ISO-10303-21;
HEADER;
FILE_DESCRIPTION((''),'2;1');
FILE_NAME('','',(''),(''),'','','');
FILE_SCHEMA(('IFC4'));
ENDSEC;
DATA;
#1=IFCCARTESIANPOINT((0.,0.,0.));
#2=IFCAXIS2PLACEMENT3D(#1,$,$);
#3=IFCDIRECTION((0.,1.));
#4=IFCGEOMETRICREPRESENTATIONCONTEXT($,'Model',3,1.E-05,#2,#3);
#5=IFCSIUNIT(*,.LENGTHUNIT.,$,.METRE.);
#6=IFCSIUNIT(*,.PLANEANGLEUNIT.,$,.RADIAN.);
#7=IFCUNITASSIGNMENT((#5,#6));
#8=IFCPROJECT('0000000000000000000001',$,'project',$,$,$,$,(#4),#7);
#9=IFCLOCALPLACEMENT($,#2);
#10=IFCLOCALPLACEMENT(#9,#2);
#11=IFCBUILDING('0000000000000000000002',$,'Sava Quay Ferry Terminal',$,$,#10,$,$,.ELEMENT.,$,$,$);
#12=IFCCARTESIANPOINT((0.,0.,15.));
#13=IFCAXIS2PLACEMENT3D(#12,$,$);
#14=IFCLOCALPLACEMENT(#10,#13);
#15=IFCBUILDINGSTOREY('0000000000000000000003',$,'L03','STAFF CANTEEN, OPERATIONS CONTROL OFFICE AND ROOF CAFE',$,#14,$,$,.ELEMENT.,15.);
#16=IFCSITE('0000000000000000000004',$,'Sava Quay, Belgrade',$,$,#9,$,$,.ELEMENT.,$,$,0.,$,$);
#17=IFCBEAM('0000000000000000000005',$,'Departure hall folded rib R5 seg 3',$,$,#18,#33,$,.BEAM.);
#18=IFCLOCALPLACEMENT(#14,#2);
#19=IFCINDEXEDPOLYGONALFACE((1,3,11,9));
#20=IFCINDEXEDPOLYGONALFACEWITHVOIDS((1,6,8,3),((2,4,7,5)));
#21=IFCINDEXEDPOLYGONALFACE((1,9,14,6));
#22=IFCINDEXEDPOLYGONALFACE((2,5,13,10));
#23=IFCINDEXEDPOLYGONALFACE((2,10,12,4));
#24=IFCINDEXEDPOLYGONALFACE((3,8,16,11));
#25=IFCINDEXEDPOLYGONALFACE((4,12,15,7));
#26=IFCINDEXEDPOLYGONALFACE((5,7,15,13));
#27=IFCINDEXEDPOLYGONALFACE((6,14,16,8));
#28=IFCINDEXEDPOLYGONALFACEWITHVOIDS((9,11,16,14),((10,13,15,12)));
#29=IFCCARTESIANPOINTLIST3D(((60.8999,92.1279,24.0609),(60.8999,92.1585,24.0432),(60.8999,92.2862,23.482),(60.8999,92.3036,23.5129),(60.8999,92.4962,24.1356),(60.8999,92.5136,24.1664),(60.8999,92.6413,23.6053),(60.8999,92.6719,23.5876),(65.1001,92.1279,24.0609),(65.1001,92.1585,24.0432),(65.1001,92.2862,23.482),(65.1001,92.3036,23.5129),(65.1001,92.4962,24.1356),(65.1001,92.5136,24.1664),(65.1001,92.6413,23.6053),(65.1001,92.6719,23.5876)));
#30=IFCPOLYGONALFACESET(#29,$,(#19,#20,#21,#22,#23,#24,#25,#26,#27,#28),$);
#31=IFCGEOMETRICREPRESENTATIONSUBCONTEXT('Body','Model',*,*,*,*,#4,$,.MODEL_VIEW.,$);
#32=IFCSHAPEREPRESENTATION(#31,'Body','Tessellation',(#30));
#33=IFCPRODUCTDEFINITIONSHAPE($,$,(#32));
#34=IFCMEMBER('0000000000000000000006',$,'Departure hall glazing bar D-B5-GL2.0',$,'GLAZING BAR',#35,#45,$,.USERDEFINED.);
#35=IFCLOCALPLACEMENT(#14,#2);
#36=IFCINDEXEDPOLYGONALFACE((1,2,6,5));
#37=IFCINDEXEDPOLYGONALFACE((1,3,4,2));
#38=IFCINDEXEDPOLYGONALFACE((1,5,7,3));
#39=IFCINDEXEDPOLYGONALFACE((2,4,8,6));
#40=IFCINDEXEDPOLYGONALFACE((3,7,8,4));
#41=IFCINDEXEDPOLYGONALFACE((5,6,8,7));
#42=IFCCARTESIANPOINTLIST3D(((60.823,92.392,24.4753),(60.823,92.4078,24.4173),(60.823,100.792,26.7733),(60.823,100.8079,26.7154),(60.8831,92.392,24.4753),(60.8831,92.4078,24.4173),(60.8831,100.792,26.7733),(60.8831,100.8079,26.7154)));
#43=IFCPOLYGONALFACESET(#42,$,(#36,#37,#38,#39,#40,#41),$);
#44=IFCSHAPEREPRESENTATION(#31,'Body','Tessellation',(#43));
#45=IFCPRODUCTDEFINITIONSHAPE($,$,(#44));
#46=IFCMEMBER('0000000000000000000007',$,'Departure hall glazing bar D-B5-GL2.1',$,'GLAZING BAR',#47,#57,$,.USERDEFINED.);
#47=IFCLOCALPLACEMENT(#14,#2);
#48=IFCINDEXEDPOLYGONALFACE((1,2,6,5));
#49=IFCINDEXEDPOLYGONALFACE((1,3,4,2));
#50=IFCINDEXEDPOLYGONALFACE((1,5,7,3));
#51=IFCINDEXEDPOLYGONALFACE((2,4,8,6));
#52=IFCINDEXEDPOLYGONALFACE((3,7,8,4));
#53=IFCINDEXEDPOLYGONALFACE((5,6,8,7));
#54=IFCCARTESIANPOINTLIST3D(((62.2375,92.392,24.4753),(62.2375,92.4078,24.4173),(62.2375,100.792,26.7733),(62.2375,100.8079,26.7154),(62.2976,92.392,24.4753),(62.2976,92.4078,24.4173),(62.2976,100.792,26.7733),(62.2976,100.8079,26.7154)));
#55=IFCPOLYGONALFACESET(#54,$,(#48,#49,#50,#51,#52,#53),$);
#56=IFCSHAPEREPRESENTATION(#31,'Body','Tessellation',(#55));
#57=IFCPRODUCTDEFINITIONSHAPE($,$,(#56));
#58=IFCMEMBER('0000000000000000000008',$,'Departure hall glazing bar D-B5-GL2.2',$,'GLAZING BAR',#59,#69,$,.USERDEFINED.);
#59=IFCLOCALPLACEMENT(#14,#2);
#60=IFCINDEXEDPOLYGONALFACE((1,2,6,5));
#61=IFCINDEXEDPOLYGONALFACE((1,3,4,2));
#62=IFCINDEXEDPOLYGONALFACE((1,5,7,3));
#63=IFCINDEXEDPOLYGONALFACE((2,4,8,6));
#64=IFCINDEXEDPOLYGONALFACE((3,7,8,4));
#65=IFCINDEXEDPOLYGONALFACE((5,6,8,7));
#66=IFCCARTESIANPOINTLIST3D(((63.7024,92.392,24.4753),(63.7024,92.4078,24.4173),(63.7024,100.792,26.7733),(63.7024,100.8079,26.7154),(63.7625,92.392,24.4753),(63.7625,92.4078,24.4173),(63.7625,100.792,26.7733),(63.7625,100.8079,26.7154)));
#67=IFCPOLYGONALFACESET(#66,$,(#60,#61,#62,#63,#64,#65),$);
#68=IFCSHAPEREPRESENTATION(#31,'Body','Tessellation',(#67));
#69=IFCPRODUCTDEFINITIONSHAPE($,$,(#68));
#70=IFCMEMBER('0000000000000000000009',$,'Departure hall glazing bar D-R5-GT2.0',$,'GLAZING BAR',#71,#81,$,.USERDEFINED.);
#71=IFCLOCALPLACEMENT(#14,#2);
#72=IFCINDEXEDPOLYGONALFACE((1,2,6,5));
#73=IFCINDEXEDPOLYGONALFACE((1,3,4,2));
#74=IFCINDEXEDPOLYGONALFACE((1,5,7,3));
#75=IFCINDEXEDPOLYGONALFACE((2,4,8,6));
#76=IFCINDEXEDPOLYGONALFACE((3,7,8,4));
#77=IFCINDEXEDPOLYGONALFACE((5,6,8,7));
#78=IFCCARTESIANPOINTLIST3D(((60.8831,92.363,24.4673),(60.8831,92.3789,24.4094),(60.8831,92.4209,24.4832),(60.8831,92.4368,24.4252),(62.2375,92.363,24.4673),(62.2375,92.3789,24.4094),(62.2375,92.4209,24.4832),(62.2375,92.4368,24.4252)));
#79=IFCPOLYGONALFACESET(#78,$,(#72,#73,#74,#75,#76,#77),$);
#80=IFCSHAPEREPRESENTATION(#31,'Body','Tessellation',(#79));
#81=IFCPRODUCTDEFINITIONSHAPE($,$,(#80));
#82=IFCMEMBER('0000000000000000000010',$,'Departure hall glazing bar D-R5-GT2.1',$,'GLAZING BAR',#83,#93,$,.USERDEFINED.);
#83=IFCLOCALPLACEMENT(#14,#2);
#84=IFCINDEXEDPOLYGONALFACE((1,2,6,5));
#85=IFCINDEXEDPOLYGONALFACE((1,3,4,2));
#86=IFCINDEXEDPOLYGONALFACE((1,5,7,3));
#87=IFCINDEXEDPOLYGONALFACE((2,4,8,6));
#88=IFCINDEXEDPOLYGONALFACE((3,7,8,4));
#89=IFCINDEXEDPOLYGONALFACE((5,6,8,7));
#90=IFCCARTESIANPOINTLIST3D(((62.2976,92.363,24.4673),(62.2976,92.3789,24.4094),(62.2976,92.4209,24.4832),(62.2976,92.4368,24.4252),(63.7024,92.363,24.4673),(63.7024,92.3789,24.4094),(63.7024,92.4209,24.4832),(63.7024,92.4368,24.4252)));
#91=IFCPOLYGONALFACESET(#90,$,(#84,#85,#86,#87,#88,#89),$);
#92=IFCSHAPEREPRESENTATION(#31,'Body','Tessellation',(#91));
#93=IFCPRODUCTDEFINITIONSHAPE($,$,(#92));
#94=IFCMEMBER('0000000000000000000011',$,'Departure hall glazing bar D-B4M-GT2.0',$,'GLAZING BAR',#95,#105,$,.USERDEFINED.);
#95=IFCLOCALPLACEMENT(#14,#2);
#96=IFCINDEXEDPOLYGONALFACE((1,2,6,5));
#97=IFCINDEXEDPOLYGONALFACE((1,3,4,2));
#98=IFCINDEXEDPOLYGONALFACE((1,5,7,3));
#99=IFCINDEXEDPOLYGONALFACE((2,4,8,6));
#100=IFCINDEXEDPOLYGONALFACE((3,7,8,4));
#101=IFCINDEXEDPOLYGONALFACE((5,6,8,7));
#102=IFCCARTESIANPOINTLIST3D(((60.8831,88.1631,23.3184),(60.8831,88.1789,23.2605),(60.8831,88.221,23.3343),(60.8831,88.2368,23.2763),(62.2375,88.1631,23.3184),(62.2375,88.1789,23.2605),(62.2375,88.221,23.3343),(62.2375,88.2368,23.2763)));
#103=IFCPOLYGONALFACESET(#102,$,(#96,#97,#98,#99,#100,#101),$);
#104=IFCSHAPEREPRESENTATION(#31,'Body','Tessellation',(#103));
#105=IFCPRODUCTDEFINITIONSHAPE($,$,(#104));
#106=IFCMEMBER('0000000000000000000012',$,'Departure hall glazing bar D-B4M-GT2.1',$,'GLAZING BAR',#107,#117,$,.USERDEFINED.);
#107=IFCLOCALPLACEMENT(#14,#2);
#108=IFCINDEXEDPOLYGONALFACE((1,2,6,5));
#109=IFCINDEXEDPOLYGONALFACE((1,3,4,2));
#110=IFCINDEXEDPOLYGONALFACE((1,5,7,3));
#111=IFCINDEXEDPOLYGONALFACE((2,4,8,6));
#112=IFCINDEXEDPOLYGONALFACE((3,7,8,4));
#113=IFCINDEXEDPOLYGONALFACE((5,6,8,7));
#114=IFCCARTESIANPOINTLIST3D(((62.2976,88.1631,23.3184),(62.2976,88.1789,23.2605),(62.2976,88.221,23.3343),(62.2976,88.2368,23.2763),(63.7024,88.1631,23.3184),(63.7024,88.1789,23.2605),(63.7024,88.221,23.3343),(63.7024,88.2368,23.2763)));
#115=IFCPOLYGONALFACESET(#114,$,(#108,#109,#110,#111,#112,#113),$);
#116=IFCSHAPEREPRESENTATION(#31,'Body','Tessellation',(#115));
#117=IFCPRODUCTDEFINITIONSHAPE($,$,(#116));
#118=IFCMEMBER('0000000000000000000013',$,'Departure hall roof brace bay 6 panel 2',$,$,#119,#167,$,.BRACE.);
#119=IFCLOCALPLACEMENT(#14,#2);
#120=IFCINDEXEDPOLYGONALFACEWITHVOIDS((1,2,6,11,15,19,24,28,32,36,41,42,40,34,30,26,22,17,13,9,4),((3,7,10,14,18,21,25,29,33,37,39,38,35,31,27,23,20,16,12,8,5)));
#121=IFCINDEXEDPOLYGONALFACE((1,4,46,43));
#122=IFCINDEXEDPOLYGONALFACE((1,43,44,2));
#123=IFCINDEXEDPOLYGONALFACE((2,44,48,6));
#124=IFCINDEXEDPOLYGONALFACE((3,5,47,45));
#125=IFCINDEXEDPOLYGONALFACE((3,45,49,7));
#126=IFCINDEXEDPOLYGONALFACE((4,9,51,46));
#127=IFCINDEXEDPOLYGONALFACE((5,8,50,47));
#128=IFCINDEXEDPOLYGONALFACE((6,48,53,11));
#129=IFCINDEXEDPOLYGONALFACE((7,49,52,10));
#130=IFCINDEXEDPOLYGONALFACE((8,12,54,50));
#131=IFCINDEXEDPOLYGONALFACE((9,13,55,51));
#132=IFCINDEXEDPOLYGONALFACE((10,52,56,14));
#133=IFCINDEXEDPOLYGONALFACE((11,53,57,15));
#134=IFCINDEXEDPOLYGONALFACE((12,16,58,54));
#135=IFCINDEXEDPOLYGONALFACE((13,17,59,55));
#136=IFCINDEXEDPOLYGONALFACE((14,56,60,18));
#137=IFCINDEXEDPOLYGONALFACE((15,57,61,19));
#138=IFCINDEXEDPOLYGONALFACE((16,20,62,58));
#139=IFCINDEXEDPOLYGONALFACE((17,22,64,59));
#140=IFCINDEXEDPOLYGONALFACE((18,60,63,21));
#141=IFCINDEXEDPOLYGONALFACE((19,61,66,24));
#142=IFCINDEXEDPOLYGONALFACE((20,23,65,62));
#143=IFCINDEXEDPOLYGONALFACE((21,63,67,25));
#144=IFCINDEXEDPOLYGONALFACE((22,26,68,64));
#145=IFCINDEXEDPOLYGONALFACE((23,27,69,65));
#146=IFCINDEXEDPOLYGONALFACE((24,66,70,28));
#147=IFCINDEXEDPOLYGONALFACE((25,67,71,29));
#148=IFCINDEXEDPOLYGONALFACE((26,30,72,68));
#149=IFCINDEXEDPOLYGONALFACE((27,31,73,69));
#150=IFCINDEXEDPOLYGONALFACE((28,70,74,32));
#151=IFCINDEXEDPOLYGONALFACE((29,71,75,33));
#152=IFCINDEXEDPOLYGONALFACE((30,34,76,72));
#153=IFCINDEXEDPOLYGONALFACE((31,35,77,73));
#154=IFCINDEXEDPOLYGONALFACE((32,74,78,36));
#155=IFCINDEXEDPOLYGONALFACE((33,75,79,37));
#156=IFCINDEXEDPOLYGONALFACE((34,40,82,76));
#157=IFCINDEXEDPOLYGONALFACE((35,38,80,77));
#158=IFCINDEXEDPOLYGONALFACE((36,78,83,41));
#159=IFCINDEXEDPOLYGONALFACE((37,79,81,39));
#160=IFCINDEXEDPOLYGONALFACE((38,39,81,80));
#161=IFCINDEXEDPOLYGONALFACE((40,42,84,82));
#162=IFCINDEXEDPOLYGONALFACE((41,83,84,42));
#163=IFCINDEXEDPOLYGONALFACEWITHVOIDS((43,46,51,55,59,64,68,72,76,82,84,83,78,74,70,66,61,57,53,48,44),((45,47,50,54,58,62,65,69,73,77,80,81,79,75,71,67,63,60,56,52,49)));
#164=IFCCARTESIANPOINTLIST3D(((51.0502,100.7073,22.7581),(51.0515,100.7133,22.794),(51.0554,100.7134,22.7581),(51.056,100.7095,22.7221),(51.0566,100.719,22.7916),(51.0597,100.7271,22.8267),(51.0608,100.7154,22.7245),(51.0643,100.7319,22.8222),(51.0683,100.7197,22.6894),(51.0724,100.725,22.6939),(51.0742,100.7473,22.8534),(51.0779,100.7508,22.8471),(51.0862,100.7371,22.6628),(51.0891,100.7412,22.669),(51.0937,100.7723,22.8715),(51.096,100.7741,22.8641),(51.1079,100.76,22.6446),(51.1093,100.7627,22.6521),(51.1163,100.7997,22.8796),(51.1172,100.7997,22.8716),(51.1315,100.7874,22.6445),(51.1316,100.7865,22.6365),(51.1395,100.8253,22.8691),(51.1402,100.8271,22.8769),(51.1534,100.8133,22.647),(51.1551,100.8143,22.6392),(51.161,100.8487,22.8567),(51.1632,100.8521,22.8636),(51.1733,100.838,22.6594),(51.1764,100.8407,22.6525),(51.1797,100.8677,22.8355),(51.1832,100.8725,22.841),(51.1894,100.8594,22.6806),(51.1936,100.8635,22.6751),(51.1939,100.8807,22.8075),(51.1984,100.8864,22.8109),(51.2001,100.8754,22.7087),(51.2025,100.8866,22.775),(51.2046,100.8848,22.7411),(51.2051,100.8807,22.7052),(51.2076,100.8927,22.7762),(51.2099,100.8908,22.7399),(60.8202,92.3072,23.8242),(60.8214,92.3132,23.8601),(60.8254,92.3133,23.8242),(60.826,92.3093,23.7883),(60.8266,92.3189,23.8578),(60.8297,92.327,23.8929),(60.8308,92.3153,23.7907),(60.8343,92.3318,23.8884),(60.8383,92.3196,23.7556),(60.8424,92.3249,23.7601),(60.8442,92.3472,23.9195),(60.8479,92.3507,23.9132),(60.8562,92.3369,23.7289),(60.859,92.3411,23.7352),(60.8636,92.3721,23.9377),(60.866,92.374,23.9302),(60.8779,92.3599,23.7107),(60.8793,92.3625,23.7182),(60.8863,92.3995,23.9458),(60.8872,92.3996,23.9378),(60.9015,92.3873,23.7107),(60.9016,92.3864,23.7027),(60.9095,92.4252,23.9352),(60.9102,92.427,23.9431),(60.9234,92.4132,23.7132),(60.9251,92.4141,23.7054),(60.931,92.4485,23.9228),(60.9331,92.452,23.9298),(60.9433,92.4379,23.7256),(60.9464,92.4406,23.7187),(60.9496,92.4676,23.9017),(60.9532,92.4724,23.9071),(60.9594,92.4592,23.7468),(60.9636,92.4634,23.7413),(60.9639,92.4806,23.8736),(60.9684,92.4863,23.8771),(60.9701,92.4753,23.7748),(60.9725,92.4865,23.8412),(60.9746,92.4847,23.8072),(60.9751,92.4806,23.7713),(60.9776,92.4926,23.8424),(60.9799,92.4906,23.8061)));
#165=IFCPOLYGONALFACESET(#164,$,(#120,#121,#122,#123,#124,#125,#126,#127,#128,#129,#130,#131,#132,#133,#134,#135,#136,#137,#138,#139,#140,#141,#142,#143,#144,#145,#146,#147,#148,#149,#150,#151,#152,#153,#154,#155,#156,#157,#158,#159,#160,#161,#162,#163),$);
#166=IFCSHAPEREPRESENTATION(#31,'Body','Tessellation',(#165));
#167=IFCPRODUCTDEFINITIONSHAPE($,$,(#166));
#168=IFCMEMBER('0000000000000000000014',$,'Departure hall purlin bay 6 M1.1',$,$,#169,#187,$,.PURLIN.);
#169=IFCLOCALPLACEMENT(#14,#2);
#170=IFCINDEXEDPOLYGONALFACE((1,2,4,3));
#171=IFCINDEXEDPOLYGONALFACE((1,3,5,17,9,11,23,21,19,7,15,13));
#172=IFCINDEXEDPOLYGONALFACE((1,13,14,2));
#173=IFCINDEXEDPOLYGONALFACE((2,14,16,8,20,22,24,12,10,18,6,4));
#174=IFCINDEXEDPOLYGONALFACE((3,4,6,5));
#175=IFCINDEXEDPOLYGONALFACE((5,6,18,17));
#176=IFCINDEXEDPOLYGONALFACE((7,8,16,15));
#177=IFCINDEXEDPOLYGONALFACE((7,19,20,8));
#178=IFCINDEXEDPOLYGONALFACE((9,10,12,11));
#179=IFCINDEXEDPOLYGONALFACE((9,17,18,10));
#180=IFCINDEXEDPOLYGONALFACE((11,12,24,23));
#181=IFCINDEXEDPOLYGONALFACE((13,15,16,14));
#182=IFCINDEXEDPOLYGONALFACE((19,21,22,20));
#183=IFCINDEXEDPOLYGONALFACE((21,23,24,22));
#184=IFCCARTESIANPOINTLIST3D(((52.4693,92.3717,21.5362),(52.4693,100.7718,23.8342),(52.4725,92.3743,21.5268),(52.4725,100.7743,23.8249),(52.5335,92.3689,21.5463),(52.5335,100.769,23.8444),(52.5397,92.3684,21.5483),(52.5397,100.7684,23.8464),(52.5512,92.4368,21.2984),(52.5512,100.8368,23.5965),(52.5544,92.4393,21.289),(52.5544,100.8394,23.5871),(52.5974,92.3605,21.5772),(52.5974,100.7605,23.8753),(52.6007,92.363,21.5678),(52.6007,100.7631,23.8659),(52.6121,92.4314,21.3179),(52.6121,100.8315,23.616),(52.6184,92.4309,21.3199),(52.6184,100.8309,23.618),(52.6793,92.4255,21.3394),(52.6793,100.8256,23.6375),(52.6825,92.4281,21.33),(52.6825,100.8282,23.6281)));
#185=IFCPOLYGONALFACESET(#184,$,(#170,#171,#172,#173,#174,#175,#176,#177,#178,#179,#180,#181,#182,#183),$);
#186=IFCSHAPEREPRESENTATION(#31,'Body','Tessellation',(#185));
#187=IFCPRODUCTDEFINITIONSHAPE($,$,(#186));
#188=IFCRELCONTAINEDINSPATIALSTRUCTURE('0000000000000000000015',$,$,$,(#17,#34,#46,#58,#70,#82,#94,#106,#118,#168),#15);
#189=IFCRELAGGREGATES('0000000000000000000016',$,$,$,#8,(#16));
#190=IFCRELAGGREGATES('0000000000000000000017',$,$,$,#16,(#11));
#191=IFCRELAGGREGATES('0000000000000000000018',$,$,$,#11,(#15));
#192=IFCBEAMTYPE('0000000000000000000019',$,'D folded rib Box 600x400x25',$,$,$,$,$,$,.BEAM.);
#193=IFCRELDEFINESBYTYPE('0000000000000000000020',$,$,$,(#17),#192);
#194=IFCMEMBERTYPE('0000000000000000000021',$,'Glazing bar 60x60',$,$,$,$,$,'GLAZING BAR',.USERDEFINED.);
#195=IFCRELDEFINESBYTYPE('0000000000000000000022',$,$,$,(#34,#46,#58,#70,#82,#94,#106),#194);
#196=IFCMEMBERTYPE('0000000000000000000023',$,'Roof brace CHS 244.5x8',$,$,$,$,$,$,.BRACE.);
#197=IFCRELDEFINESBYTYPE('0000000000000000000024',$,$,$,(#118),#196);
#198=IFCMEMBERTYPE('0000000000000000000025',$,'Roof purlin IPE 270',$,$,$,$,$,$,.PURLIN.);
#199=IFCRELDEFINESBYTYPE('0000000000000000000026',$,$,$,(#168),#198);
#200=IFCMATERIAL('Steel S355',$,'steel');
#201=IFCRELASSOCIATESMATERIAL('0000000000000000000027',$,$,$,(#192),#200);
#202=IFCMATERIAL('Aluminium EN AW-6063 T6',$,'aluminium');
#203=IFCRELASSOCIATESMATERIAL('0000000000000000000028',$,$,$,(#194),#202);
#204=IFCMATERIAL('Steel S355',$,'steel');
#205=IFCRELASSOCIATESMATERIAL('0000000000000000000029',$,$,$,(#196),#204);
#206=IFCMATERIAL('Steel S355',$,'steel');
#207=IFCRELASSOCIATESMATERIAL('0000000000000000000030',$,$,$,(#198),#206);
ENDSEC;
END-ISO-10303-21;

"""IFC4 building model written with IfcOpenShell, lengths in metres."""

from ifc_helpers import new_model, si_unit, direction, frame, origin, origin_2d, place, context, subcontext, project, spatial, polyline, rectangle, hollow_circle, i_section, outline, extrude, material, material_profile, profile_set, type_object, element, save


model = new_model("IFC4")

# Units and contexts
model_context = context("Model", 3, precision=1e-05, world=origin(), true_north=direction((0.0, 1.0)))
body_context = subcontext(model_context, "Body", "Model", "MODEL_VIEW")
ifc_project = project(units=[si_unit("LENGTHUNIT", "METRE"), si_unit("PLANEANGLEUNIT", "RADIAN")], contexts=[model_context])

# Site, building, storey
site_placement = place(None, origin())
site = spatial("IfcSite", under=ifc_project, at=site_placement, Name="Sava Quay, Belgrade", CompositionType="ELEMENT", RefElevation=0.0)
building_placement = place(site_placement, origin())
building = spatial("IfcBuilding", under=site, at=building_placement, Name="Sava Quay Ferry Terminal", CompositionType="ELEMENT")
storey_placement = place(building_placement, frame((0.0, 0.0, 15.0)))
storey = spatial("IfcBuildingStorey", under=building, at=storey_placement, Name="L03", Description="STAFF CANTEEN, OPERATIONS CONTROL OFFICE AND ROOF CAFE", CompositionType="ELEMENT", Elevation=15.0)

# Beam
ifc_material_1 = material(Name="Steel S355", Category="steel")
ifc_material_profile_1 = material_profile(ifc_material_1, outline(polyline([(-0.2, -0.3), (0.2, -0.3), (0.2, 0.3), (-0.2, 0.3), (-0.2, -0.3)]), holes=[polyline([(-0.175, -0.2749), (-0.175, 0.2749), (0.175, 0.2749), (0.175, -0.2749), (-0.175, -0.2749)])]), Name="Box 600x400x25 built-up")
ifc_profile_set_1 = profile_set([ifc_material_profile_1], Name="Steel S355")
beam_type = type_object("IfcBeamType", Name="D folded rib Box 600x400x25", PredefinedType="BEAM", material=ifc_profile_set_1)
beam_placement = place(storey_placement, frame((60.8999, 92.3999, 23.8242), z_axis=(1.0, 0.0, 0.0), x_axis=(0.0, 0.964557, 0.263875)))
element("IfcBeam", 1, at=beam_placement, inside=storey, type_object=beam_type, Name="Departure hall folded rib R5 seg 3", PredefinedType="BEAM", context=body_context, shape_type="SweptSolid", body=[
    extrude(outline(polyline([(-0.2, -0.3), (0.2, -0.3), (0.2, 0.3), (-0.2, 0.3), (-0.2, -0.3)]), holes=[polyline([(-0.175, -0.2749), (-0.175, 0.2749), (0.175, 0.2749), (0.175, -0.2749), (-0.175, -0.2749)])]), origin(), (0.0, 0.0, 1.0), 4.2002),
])

# Members
ifc_material_2 = material(Name="Aluminium EN AW-6063 T6", Category="aluminium")
ifc_material_profile_2 = material_profile(ifc_material_2, rectangle(XDim=0.0601, YDim=0.0601, at=origin_2d()), Name="Bar 60 x 60")
ifc_profile_set_2 = profile_set([ifc_material_profile_2], Name="Aluminium EN AW-6063 T6")
member_type_1 = type_object("IfcMemberType", Name="Glazing bar 60x60", ElementType="GLAZING BAR", PredefinedType="USERDEFINED", material=ifc_profile_set_2)
for number, where, z_axis, x_axis, name in (
    (2, (60.853, 92.3999, 24.4463), (0.0, 0.964555, 0.263881), (-1.0, 0.0, 0.0), "Departure hall glazing bar D-B5-GL2.0"),
    (3, (62.2676, 92.3999, 24.4463), (0.0, 0.964555, 0.263881), (-1.0, 0.0, 0.0), "Departure hall glazing bar D-B5-GL2.1"),
    (4, (63.7324, 92.3999, 24.4463), (0.0, 0.964555, 0.263881), (-1.0, 0.0, 0.0), "Departure hall glazing bar D-B5-GL2.2"),
):
    element("IfcMember", number, at=place(storey_placement, frame(where, z_axis=z_axis, x_axis=x_axis)), inside=storey, type_object=member_type_1, Name=name, ObjectType="GLAZING BAR", PredefinedType="USERDEFINED", context=body_context, shape_type="SweptSolid", body=[
        extrude(rectangle(XDim=0.0601, YDim=0.0601, at=origin_2d()), origin(), (0.0, 0.0, 1.0), 8.7087),
    ])
member_1_placement = place(storey_placement, frame((60.8831, 92.3999, 24.4463), z_axis=(1.0, 0.0, 0.0), x_axis=(0.0, 0.964557, 0.263875)))
element("IfcMember", 5, at=member_1_placement, inside=storey, type_object=member_type_1, Name="Departure hall glazing bar D-R5-GT2.0", ObjectType="GLAZING BAR", PredefinedType="USERDEFINED", context=body_context, shape_type="SweptSolid", body=[
    extrude(rectangle(XDim=0.0601, YDim=0.0601, at=origin_2d()), origin(), (0.0, 0.0, 1.0), 1.3545),
])
member_2_placement = place(storey_placement, frame((62.2976, 92.3999, 24.4463), z_axis=(1.0, 0.0, 0.0), x_axis=(0.0, 0.964557, 0.263875)))
element("IfcMember", 6, at=member_2_placement, inside=storey, type_object=member_type_1, Name="Departure hall glazing bar D-R5-GT2.1", ObjectType="GLAZING BAR", PredefinedType="USERDEFINED", context=body_context, shape_type="SweptSolid", body=[
    extrude(rectangle(XDim=0.0601, YDim=0.0601, at=origin_2d()), origin(), (0.0, 0.0, 1.0), 1.4048),
])
member_3_placement = place(storey_placement, frame((60.8831, 88.2, 23.2974), z_axis=(1.0, 0.0, 0.0), x_axis=(0.0, 0.964557, 0.263875)))
element("IfcMember", 7, at=member_3_placement, inside=storey, type_object=member_type_1, Name="Departure hall glazing bar D-B4M-GT2.0", ObjectType="GLAZING BAR", PredefinedType="USERDEFINED", context=body_context, shape_type="SweptSolid", body=[
    extrude(rectangle(XDim=0.0601, YDim=0.0601, at=origin_2d()), origin(), (0.0, 0.0, 1.0), 1.3545),
])
member_4_placement = place(storey_placement, frame((62.2976, 88.2, 23.2974), z_axis=(1.0, 0.0, 0.0), x_axis=(0.0, 0.964557, 0.263875)))
element("IfcMember", 8, at=member_4_placement, inside=storey, type_object=member_type_1, Name="Departure hall glazing bar D-B4M-GT2.1", ObjectType="GLAZING BAR", PredefinedType="USERDEFINED", context=body_context, shape_type="SweptSolid", body=[
    extrude(rectangle(XDim=0.0601, YDim=0.0601, at=origin_2d()), origin(), (0.0, 0.0, 1.0), 1.4048),
])
ifc_material_3 = material(Name="Steel S355", Category="steel")
ifc_material_profile_3 = material_profile(ifc_material_3, hollow_circle(Radius=0.1223, WallThickness=0.0081, at=origin_2d()), Name="CHS 244.5 x 8.0")
ifc_profile_set_3 = profile_set([ifc_material_profile_3], Name="Steel S355")
member_type_2 = type_object("IfcMemberType", Name="Roof brace CHS 244.5x8", PredefinedType="BRACE", material=ifc_profile_set_3)
member_5_placement = place(storey_placement, frame((60.8999, 92.3999, 23.8242), z_axis=(-0.755682, 0.649726, -0.082464), x_axis=(-0.651947, -0.758265, 0.0)))
element("IfcMember", 9, at=member_5_placement, inside=storey, type_object=member_type_2, Name="Departure hall roof brace bay 6 panel 2", PredefinedType="BRACE", context=body_context, shape_type="SweptSolid", body=[
    extrude(hollow_circle(Radius=0.1223, WallThickness=0.0081, at=origin_2d()), origin(), (0.0, 0.0, 1.0), 12.9287),
])
ifc_material_4 = material(Name="Steel S355", Category="steel")
ifc_material_profile_4 = material_profile(ifc_material_4, i_section(OverallWidth=0.135, OverallDepth=0.27, WebThickness=0.0066, FlangeThickness=0.0103, at=origin_2d()), Name="IPE 270")
ifc_profile_set_4 = profile_set([ifc_material_profile_4], Name="Steel S355")
member_type_3 = type_object("IfcMemberType", Name="Roof purlin IPE 270", PredefinedType="PURLIN", material=ifc_profile_set_4)
for number, where, z_axis, x_axis, name in (
    (10, (52.5759, 92.3999, 21.4331), (0.0, 0.964555, 0.263881), (-0.949027, 0.083174, -0.304022), "Departure hall purlin bay 6 M1.1"),
):
    element("IfcMember", number, at=place(storey_placement, frame(where, z_axis=z_axis, x_axis=x_axis)), inside=storey, type_object=member_type_3, Name=name, PredefinedType="PURLIN", context=body_context, shape_type="SweptSolid", body=[
        extrude(i_section(OverallWidth=0.135, OverallDepth=0.27, WebThickness=0.0066, FlangeThickness=0.0103, at=origin_2d()), origin(), (0.0, 0.0, 1.0), 8.7087),
    ])

save(model, "model.ifc")
